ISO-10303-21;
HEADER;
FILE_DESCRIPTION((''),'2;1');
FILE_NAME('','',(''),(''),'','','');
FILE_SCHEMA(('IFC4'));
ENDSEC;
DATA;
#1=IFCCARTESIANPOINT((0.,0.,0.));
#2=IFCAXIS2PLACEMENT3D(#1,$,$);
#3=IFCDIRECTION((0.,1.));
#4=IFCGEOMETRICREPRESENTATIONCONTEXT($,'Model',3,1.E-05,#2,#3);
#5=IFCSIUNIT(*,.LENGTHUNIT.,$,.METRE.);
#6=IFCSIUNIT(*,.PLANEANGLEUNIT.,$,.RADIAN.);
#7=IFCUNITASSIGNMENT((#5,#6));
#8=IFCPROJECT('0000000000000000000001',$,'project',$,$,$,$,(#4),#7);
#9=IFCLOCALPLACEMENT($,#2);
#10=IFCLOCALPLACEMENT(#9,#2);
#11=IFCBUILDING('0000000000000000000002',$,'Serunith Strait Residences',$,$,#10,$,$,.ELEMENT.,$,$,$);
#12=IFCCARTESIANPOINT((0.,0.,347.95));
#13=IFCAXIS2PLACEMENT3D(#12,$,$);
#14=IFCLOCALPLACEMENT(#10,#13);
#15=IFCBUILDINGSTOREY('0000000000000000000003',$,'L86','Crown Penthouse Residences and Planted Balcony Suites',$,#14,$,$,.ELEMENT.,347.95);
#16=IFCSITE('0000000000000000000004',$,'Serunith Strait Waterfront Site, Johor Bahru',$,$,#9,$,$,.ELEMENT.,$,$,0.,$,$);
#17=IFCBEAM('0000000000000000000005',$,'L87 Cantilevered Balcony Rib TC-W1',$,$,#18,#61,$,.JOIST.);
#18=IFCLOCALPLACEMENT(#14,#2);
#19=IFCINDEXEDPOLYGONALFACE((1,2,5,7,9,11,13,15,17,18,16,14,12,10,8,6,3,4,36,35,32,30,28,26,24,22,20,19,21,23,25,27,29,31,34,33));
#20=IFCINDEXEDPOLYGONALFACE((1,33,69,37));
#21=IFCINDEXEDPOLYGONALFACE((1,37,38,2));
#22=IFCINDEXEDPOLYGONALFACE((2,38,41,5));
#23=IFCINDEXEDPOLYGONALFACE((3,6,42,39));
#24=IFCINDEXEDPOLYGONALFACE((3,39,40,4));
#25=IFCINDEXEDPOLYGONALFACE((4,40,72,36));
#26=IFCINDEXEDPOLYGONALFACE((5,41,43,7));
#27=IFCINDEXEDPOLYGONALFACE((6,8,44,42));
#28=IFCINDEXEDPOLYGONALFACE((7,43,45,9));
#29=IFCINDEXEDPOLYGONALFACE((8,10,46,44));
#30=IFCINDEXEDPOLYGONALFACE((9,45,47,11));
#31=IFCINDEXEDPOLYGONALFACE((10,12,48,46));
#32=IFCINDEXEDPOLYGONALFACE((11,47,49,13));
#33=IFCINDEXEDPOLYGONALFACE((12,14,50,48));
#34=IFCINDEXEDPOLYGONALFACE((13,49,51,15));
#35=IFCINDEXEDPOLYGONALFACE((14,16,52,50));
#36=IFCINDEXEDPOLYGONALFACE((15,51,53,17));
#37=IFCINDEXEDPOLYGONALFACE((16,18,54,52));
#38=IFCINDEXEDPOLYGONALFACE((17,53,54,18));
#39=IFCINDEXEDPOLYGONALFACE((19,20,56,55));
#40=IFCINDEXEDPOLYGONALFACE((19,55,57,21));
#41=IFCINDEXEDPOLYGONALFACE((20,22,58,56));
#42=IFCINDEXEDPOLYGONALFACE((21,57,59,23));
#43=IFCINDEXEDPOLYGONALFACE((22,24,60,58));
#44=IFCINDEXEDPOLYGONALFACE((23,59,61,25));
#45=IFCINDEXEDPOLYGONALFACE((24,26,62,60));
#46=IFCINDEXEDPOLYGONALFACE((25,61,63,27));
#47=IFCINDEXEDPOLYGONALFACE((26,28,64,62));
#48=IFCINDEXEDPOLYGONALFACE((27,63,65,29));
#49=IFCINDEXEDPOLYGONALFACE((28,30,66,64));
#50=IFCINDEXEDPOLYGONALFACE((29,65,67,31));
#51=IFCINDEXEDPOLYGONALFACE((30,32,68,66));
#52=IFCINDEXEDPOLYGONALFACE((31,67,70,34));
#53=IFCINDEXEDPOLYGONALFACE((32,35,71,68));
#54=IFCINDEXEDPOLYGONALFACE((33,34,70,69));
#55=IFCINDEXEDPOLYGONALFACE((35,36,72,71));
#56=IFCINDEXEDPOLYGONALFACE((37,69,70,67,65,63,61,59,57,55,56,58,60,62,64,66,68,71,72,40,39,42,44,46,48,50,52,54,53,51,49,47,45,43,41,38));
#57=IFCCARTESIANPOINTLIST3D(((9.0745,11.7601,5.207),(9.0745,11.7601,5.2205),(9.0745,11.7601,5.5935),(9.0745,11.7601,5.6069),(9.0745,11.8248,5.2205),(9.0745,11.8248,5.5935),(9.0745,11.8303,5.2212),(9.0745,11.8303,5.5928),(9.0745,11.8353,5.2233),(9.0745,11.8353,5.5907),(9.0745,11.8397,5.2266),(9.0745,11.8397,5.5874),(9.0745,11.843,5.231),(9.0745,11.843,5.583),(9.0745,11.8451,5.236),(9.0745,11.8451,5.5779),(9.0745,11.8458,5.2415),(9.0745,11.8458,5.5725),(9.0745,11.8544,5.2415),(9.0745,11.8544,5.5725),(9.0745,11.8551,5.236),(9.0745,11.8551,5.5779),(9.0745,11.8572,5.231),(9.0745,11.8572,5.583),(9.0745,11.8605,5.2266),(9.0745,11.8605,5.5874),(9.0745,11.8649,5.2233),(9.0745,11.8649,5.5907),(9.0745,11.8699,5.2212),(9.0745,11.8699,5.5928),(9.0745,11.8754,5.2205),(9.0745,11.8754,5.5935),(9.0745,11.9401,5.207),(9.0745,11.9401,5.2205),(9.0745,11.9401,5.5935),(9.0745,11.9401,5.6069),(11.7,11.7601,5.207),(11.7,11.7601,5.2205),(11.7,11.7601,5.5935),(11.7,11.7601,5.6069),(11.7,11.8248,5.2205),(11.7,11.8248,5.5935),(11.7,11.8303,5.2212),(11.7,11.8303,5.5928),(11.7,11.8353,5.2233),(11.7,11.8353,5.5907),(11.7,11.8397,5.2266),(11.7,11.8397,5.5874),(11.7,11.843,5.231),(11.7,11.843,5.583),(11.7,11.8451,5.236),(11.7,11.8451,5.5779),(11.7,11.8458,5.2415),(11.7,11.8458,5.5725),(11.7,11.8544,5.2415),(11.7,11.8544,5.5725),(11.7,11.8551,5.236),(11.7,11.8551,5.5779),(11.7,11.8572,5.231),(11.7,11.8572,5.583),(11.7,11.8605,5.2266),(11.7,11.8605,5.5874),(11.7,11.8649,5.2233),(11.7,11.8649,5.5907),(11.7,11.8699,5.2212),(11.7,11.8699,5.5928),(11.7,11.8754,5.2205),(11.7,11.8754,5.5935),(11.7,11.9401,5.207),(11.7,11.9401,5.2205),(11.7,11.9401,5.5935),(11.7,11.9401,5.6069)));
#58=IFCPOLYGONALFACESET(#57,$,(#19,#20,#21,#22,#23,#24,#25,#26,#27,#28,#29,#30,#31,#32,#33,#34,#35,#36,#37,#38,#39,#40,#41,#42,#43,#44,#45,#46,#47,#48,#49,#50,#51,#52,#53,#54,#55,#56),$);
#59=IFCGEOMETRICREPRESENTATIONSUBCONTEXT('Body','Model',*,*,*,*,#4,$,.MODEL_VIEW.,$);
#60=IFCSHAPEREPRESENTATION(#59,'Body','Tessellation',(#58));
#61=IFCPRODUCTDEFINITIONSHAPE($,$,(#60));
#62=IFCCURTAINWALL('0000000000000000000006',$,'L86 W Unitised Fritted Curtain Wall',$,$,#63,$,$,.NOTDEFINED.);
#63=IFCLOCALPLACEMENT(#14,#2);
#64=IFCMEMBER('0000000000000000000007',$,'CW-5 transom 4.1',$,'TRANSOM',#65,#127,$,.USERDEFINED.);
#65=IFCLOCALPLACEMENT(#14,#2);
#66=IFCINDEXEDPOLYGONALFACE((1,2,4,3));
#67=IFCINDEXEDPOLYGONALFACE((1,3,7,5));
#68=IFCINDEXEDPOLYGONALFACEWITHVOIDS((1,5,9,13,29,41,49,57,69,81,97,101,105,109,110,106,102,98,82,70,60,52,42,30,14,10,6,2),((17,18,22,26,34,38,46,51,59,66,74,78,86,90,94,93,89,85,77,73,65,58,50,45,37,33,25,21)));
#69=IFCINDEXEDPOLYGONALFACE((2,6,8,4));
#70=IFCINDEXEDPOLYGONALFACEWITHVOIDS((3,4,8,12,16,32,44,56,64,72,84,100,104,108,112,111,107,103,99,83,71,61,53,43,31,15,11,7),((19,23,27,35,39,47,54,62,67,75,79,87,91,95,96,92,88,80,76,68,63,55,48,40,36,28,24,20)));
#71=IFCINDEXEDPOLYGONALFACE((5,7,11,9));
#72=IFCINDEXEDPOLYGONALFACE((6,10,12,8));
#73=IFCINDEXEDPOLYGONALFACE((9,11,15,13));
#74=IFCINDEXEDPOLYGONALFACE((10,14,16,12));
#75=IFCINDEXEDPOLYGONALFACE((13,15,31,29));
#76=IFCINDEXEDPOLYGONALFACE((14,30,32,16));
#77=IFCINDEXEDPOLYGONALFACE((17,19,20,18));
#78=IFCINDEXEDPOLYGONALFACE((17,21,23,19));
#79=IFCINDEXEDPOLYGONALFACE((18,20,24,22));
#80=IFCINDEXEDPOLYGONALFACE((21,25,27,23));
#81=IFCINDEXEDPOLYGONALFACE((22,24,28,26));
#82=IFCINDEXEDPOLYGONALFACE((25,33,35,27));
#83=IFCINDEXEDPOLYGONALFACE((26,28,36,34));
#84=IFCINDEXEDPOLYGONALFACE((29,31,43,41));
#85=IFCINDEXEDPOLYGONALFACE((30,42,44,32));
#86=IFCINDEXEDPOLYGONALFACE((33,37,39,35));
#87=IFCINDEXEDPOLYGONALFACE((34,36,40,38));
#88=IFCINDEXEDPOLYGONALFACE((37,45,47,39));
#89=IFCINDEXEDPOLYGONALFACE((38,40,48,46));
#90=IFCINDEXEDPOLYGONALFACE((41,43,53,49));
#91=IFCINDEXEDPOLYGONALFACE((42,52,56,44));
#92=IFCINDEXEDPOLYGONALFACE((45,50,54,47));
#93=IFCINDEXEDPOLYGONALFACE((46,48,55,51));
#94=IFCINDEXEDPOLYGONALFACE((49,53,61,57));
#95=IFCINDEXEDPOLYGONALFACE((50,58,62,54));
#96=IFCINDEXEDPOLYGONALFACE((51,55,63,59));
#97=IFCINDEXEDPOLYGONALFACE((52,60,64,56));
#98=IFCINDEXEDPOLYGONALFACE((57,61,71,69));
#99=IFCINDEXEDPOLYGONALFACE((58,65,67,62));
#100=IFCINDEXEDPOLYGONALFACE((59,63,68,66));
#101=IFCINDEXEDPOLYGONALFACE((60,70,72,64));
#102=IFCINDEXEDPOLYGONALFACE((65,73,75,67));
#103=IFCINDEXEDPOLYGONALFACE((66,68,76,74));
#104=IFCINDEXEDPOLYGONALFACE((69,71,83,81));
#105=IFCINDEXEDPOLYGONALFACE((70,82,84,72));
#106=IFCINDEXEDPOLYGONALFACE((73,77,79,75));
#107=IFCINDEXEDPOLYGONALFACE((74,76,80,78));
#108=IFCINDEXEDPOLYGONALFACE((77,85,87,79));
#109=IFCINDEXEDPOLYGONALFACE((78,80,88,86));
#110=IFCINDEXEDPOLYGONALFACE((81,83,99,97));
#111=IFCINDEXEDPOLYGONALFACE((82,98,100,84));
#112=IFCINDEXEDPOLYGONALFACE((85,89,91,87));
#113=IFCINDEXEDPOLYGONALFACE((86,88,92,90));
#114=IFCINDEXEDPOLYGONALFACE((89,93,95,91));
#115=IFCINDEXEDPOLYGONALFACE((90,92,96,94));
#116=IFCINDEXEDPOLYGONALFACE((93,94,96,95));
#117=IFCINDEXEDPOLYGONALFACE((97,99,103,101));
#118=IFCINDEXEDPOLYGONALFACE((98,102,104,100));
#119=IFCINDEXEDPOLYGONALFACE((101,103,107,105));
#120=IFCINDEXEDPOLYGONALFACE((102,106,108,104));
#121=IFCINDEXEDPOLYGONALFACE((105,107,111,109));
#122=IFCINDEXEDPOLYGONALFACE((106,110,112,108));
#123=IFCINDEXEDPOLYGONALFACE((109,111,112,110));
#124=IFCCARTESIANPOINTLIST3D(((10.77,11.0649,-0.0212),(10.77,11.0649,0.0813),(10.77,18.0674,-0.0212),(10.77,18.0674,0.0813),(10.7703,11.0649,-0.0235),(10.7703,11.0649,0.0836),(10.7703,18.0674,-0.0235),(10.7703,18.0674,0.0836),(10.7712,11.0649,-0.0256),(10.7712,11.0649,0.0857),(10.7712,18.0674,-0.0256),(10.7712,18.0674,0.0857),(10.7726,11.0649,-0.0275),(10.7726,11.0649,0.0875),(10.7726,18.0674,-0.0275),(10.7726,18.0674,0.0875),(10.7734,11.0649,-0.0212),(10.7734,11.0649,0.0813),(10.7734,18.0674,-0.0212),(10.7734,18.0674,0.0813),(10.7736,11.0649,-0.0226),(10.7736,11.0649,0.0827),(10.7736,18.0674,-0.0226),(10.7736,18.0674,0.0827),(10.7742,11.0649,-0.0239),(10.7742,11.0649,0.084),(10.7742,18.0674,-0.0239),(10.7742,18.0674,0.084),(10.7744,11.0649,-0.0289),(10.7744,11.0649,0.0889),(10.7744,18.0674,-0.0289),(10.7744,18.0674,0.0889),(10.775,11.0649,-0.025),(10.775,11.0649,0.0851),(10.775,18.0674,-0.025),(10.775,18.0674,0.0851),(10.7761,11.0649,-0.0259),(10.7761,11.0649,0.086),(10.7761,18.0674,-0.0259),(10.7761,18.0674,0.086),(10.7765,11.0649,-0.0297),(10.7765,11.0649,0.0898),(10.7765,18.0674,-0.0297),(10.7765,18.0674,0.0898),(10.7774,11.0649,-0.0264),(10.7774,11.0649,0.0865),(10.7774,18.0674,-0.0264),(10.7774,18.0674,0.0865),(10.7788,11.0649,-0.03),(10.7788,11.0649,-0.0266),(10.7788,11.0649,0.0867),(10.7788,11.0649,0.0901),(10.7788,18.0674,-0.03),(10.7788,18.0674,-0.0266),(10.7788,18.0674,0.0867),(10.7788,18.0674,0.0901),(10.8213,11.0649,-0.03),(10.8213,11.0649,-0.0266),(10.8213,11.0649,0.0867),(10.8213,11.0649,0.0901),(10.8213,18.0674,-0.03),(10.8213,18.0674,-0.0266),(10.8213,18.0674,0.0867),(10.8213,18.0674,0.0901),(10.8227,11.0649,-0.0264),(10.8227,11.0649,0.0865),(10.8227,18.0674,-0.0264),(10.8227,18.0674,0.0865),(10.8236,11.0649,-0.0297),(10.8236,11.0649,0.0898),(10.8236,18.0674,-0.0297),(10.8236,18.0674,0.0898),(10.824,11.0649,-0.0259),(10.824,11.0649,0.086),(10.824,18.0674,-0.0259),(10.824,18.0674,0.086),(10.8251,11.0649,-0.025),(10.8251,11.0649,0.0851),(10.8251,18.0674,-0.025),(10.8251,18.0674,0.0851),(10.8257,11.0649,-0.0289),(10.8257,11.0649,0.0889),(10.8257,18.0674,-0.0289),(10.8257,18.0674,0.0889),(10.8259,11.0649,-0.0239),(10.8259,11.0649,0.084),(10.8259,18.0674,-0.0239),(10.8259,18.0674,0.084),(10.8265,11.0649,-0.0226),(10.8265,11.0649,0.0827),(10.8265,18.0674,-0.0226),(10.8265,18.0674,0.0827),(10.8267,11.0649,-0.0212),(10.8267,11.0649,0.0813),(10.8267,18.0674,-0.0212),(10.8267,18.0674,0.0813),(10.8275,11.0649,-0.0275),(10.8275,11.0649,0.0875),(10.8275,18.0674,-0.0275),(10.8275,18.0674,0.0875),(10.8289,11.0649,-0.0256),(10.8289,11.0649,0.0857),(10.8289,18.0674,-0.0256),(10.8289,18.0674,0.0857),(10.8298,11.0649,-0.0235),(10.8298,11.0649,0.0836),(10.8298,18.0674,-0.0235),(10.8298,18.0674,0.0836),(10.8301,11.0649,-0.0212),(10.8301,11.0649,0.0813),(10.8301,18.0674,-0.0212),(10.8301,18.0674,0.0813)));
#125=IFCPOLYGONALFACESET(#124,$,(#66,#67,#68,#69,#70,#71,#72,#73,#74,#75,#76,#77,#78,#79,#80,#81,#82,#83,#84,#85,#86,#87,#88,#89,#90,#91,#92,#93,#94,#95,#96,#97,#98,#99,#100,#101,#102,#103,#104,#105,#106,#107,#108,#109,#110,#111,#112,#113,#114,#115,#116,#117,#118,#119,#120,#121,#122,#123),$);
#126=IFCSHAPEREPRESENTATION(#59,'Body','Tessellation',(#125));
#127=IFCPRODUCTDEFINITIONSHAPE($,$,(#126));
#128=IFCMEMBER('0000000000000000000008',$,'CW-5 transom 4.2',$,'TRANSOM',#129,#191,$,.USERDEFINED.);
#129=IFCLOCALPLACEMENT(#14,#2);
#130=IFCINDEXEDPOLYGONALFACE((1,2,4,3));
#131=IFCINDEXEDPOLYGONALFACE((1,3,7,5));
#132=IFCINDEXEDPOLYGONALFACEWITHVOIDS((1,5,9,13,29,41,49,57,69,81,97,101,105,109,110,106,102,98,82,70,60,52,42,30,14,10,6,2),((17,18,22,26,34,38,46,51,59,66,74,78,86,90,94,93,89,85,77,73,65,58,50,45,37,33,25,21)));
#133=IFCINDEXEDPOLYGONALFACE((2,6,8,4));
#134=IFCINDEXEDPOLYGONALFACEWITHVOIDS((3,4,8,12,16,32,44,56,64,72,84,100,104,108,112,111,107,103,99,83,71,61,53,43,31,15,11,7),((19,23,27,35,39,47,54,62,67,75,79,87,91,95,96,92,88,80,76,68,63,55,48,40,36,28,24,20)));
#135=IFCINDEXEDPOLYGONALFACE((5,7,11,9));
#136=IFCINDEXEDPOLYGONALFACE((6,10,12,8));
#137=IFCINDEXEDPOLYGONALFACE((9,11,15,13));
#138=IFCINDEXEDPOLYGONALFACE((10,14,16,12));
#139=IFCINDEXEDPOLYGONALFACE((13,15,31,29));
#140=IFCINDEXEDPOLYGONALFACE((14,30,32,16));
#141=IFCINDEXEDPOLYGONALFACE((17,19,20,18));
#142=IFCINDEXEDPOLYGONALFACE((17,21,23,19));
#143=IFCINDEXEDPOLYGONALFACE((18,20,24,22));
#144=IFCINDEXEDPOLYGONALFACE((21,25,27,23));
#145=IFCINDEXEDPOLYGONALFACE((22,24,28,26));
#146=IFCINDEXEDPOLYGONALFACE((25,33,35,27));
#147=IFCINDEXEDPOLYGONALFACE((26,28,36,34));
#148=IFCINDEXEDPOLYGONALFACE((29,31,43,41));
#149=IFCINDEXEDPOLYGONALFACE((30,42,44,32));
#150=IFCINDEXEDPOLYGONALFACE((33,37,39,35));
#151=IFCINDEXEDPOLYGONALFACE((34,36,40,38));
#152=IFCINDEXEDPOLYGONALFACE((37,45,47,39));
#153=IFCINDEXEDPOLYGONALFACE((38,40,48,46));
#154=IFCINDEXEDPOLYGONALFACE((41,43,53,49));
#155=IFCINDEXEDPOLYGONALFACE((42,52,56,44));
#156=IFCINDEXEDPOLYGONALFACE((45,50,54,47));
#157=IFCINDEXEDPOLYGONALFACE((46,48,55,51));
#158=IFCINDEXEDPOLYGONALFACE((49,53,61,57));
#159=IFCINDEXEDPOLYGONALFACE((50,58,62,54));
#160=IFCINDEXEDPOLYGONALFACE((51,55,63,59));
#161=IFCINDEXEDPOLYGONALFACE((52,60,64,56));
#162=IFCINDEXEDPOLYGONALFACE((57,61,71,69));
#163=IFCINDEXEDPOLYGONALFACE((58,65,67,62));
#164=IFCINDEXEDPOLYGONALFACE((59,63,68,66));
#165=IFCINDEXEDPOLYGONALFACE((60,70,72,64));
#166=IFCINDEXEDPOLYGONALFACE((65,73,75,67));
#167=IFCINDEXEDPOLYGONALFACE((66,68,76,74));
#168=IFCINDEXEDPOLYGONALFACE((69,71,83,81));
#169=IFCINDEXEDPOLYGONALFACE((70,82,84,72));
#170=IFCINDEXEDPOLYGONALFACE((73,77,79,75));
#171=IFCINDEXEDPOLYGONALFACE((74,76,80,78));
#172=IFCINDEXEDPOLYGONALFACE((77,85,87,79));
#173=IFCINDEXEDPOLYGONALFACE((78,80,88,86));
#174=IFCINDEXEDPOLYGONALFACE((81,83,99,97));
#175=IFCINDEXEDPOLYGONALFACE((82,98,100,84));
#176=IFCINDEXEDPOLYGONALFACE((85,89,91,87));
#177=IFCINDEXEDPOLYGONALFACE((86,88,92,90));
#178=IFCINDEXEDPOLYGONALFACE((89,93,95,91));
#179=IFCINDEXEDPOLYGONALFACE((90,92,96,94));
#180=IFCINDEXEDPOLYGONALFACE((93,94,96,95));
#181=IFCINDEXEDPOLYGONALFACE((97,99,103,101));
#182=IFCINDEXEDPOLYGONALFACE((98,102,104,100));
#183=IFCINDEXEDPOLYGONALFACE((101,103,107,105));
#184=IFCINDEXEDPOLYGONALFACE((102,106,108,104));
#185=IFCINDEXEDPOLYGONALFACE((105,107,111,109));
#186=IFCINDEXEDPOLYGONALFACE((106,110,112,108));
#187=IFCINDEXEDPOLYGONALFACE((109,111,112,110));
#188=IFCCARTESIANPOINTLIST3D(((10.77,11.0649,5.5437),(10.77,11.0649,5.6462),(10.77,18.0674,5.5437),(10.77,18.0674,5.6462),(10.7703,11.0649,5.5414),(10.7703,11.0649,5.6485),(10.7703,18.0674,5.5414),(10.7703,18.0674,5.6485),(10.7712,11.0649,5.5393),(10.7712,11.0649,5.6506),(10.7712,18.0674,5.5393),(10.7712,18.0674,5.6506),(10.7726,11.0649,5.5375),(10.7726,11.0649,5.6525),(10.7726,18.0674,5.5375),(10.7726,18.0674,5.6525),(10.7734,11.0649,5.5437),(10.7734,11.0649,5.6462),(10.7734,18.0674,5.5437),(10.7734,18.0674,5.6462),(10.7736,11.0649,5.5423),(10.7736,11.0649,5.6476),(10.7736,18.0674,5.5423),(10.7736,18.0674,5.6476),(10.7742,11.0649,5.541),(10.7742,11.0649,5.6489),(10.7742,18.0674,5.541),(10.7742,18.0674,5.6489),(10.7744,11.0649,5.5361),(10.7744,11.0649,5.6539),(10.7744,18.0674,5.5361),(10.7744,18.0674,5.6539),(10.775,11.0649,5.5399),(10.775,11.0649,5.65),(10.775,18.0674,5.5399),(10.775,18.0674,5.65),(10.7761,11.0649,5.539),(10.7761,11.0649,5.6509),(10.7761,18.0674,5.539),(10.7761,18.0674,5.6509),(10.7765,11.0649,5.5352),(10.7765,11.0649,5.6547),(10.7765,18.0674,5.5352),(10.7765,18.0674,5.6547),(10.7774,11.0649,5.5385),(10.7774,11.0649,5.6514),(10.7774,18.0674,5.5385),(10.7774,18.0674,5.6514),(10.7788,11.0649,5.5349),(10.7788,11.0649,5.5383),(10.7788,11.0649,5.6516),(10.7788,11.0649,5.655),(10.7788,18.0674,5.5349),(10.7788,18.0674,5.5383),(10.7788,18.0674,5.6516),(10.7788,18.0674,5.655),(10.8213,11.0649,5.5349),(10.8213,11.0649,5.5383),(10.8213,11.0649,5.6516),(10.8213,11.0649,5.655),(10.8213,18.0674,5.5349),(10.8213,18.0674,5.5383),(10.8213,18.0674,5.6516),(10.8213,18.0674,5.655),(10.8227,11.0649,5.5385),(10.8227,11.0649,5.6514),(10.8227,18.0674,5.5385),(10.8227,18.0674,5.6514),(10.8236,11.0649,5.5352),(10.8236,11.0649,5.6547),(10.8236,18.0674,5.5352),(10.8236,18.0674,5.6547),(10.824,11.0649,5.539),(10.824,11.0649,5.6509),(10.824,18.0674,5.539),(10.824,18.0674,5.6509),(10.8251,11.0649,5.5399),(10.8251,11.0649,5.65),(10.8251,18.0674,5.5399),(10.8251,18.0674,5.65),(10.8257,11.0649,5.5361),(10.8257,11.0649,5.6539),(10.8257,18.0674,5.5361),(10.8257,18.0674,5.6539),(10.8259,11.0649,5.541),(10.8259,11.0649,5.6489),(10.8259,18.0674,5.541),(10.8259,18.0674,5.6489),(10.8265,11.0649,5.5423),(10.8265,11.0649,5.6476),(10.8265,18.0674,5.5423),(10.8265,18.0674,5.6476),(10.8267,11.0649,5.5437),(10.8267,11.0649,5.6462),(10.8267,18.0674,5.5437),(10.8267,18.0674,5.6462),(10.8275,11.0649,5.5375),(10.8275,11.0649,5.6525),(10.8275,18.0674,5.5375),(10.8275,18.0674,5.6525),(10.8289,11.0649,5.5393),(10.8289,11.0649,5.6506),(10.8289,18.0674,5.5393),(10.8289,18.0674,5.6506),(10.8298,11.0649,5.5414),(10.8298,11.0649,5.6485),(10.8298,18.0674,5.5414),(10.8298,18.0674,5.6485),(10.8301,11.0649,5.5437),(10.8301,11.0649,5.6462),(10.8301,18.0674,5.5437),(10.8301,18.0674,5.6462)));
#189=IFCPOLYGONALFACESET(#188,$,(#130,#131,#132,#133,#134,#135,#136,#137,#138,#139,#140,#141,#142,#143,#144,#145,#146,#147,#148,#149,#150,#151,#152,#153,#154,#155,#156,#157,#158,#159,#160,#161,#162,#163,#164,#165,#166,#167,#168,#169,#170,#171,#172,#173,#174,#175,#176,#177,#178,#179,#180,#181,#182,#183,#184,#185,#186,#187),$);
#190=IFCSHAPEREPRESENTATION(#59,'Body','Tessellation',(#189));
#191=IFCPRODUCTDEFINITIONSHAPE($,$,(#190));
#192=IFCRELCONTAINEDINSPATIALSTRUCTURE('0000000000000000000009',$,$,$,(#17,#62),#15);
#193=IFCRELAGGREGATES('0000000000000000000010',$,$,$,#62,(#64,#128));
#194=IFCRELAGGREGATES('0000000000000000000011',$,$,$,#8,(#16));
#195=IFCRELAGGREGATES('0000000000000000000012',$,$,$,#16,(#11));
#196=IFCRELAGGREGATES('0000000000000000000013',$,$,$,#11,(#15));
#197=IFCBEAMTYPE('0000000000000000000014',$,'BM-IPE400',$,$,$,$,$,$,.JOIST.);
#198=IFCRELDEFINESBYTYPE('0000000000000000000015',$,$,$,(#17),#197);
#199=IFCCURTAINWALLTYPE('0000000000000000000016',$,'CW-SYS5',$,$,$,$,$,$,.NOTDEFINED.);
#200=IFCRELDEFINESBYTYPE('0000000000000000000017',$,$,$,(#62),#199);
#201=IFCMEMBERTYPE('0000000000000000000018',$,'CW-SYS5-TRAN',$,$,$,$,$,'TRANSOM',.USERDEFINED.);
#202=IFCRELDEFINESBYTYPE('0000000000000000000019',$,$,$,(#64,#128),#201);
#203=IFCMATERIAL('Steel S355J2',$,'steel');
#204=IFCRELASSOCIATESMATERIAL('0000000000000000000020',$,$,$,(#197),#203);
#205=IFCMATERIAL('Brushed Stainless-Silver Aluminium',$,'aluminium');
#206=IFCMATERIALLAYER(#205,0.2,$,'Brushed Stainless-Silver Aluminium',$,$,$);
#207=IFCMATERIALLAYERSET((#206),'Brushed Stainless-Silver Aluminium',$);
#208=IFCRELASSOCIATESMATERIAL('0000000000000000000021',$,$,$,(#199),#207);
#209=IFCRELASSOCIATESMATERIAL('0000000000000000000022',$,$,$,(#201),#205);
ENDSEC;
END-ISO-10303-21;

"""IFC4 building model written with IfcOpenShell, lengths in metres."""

from ifc_helpers import new_model, si_unit, direction, frame, origin, origin_2d, place, context, subcontext, project, spatial, hollow_rectangle, i_section, extrude, source, transform, mapped, material, layer, layer_set, material_profile, profile_set, type_object, element, aggregate, save


model = new_model("IFC4")

# Units and contexts
model_context = context("Model", 3, precision=1e-05, world=origin(), true_north=direction((0.0, 1.0)))
body_context = subcontext(model_context, "Body", "Model", "MODEL_VIEW")
ifc_project = project(units=[si_unit("LENGTHUNIT", "METRE"), si_unit("PLANEANGLEUNIT", "RADIAN")], contexts=[model_context])

# Site, building, storey
site_placement = place(None, origin())
site = spatial("IfcSite", under=ifc_project, at=site_placement, Name="Serunith Strait Waterfront Site, Johor Bahru", CompositionType="ELEMENT", RefElevation=0.0)
building_placement = place(site_placement, origin())
building = spatial("IfcBuilding", under=site, at=building_placement, Name="Serunith Strait Residences", CompositionType="ELEMENT")
storey_placement = place(building_placement, frame((0.0, 0.0, 347.95)))
storey = spatial("IfcBuildingStorey", under=building, at=storey_placement, Name="L86", Description="Crown Penthouse Residences and Planted Balcony Suites", CompositionType="ELEMENT", Elevation=347.95)

# Beam
ifc_material_1 = material(Name="Steel S355J2", Category="steel")
ifc_material_profile_1 = material_profile(ifc_material_1, i_section(OverallWidth=0.1799, OverallDepth=0.3999, WebThickness=0.0085, FlangeThickness=0.0134, FilletRadius=0.021, at=origin_2d()), Name="IPE 400")
ifc_profile_set_1 = profile_set([ifc_material_profile_1], Name="Steel S355J2")
beam_type_1 = type_object("IfcBeamType", Name="BM-IPE400", PredefinedType="JOIST", material=ifc_profile_set_1)
shared_shape_1 = source(origin(), body_context, "Body", "SweptSolid", [
    extrude(i_section(OverallWidth=0.1799, OverallDepth=0.3999, WebThickness=0.0085, FlangeThickness=0.0134, FilletRadius=0.021, at=origin_2d()), origin(), (0.0, 0.0, 1.0), 2.6255),
])
beam_1_placement = place(storey_placement, frame((11.7, 11.8501, 5.407), z_axis=(-1.0, 0.0, 0.0), x_axis=(0.0, -1.0, 0.0)))
element("IfcBeam", 1, at=beam_1_placement, inside=storey, type_object=beam_type_1, Name="L87 Cantilevered Balcony Rib TC-W1", PredefinedType="JOIST", context=body_context, shape_type="MappedRepresentation", body=[
    mapped(shared_shape_1, transform((0.0, 0.0, 0.0), scale=1.0)),
])

# Curtain wall, members
ifc_material_2 = material(Name="Brushed Stainless-Silver Aluminium", Category="aluminium")
ifc_layer_1 = layer(ifc_material_2, 0.2, Name="Brushed Stainless-Silver Aluminium")
ifc_layer_set_1 = layer_set([ifc_layer_1], Name="Brushed Stainless-Silver Aluminium")
curtain_wall_type = type_object("IfcCurtainWallType", Name="CW-SYS5", PredefinedType="NOTDEFINED", material=ifc_layer_set_1)
curtain_wall_placement = place(storey_placement, origin())
curtain_wall = element("IfcCurtainWall", 2, at=curtain_wall_placement, inside=storey, type_object=curtain_wall_type, Name="L86 W Unitised Fritted Curtain Wall", PredefinedType="NOTDEFINED")
ifc_material_profile_2 = material_profile(ifc_material_2, hollow_rectangle(XDim=0.0601, YDim=0.1201, WallThickness=0.0034, InnerFilletRadius=0.0054, OuterFilletRadius=0.0088, at=origin_2d()), Name="ALU 120x60x3.5")
ifc_profile_set_2 = profile_set([ifc_material_profile_2], Name="Brushed Stainless-Silver Aluminium")
member_type_1 = type_object("IfcMemberType", Name="CW-SYS5-TRAN", ElementType="TRANSOM", PredefinedType="USERDEFINED", material=ifc_profile_set_2)
shared_shape_2 = source(origin(), body_context, "Body", "SweptSolid", [
    extrude(hollow_rectangle(XDim=0.0601, YDim=0.1201, WallThickness=0.0034, InnerFilletRadius=0.0054, OuterFilletRadius=0.0088, at=origin_2d()), origin(), (0.0, 0.0, 1.0), 7.0024),
])
member_1_placement = place(storey_placement, frame((10.8, 18.0674, 0.03), z_axis=(0.0, -1.0, 0.0), x_axis=(1.0, 0.0, 0.0)))
member_1 = element("IfcMember", 3, at=member_1_placement, type_object=member_type_1, Name="CW-5 transom 4.1", ObjectType="TRANSOM", PredefinedType="USERDEFINED", context=body_context, shape_type="MappedRepresentation", body=[
    mapped(shared_shape_2, transform((0.0, 0.0, 0.0), scale=1.0)),
])
member_2_placement = place(storey_placement, frame((10.8, 18.0674, 5.595), z_axis=(0.0, -1.0, 0.0), x_axis=(1.0, 0.0, 0.0)))
member_2 = element("IfcMember", 4, at=member_2_placement, type_object=member_type_1, Name="CW-5 transom 4.2", ObjectType="TRANSOM", PredefinedType="USERDEFINED", context=body_context, shape_type="MappedRepresentation", body=[
    mapped(shared_shape_2, transform((0.0, 0.0, 0.0), scale=1.0)),
])
aggregate(curtain_wall, [member_1, member_2])

save(model, "model.ifc")
